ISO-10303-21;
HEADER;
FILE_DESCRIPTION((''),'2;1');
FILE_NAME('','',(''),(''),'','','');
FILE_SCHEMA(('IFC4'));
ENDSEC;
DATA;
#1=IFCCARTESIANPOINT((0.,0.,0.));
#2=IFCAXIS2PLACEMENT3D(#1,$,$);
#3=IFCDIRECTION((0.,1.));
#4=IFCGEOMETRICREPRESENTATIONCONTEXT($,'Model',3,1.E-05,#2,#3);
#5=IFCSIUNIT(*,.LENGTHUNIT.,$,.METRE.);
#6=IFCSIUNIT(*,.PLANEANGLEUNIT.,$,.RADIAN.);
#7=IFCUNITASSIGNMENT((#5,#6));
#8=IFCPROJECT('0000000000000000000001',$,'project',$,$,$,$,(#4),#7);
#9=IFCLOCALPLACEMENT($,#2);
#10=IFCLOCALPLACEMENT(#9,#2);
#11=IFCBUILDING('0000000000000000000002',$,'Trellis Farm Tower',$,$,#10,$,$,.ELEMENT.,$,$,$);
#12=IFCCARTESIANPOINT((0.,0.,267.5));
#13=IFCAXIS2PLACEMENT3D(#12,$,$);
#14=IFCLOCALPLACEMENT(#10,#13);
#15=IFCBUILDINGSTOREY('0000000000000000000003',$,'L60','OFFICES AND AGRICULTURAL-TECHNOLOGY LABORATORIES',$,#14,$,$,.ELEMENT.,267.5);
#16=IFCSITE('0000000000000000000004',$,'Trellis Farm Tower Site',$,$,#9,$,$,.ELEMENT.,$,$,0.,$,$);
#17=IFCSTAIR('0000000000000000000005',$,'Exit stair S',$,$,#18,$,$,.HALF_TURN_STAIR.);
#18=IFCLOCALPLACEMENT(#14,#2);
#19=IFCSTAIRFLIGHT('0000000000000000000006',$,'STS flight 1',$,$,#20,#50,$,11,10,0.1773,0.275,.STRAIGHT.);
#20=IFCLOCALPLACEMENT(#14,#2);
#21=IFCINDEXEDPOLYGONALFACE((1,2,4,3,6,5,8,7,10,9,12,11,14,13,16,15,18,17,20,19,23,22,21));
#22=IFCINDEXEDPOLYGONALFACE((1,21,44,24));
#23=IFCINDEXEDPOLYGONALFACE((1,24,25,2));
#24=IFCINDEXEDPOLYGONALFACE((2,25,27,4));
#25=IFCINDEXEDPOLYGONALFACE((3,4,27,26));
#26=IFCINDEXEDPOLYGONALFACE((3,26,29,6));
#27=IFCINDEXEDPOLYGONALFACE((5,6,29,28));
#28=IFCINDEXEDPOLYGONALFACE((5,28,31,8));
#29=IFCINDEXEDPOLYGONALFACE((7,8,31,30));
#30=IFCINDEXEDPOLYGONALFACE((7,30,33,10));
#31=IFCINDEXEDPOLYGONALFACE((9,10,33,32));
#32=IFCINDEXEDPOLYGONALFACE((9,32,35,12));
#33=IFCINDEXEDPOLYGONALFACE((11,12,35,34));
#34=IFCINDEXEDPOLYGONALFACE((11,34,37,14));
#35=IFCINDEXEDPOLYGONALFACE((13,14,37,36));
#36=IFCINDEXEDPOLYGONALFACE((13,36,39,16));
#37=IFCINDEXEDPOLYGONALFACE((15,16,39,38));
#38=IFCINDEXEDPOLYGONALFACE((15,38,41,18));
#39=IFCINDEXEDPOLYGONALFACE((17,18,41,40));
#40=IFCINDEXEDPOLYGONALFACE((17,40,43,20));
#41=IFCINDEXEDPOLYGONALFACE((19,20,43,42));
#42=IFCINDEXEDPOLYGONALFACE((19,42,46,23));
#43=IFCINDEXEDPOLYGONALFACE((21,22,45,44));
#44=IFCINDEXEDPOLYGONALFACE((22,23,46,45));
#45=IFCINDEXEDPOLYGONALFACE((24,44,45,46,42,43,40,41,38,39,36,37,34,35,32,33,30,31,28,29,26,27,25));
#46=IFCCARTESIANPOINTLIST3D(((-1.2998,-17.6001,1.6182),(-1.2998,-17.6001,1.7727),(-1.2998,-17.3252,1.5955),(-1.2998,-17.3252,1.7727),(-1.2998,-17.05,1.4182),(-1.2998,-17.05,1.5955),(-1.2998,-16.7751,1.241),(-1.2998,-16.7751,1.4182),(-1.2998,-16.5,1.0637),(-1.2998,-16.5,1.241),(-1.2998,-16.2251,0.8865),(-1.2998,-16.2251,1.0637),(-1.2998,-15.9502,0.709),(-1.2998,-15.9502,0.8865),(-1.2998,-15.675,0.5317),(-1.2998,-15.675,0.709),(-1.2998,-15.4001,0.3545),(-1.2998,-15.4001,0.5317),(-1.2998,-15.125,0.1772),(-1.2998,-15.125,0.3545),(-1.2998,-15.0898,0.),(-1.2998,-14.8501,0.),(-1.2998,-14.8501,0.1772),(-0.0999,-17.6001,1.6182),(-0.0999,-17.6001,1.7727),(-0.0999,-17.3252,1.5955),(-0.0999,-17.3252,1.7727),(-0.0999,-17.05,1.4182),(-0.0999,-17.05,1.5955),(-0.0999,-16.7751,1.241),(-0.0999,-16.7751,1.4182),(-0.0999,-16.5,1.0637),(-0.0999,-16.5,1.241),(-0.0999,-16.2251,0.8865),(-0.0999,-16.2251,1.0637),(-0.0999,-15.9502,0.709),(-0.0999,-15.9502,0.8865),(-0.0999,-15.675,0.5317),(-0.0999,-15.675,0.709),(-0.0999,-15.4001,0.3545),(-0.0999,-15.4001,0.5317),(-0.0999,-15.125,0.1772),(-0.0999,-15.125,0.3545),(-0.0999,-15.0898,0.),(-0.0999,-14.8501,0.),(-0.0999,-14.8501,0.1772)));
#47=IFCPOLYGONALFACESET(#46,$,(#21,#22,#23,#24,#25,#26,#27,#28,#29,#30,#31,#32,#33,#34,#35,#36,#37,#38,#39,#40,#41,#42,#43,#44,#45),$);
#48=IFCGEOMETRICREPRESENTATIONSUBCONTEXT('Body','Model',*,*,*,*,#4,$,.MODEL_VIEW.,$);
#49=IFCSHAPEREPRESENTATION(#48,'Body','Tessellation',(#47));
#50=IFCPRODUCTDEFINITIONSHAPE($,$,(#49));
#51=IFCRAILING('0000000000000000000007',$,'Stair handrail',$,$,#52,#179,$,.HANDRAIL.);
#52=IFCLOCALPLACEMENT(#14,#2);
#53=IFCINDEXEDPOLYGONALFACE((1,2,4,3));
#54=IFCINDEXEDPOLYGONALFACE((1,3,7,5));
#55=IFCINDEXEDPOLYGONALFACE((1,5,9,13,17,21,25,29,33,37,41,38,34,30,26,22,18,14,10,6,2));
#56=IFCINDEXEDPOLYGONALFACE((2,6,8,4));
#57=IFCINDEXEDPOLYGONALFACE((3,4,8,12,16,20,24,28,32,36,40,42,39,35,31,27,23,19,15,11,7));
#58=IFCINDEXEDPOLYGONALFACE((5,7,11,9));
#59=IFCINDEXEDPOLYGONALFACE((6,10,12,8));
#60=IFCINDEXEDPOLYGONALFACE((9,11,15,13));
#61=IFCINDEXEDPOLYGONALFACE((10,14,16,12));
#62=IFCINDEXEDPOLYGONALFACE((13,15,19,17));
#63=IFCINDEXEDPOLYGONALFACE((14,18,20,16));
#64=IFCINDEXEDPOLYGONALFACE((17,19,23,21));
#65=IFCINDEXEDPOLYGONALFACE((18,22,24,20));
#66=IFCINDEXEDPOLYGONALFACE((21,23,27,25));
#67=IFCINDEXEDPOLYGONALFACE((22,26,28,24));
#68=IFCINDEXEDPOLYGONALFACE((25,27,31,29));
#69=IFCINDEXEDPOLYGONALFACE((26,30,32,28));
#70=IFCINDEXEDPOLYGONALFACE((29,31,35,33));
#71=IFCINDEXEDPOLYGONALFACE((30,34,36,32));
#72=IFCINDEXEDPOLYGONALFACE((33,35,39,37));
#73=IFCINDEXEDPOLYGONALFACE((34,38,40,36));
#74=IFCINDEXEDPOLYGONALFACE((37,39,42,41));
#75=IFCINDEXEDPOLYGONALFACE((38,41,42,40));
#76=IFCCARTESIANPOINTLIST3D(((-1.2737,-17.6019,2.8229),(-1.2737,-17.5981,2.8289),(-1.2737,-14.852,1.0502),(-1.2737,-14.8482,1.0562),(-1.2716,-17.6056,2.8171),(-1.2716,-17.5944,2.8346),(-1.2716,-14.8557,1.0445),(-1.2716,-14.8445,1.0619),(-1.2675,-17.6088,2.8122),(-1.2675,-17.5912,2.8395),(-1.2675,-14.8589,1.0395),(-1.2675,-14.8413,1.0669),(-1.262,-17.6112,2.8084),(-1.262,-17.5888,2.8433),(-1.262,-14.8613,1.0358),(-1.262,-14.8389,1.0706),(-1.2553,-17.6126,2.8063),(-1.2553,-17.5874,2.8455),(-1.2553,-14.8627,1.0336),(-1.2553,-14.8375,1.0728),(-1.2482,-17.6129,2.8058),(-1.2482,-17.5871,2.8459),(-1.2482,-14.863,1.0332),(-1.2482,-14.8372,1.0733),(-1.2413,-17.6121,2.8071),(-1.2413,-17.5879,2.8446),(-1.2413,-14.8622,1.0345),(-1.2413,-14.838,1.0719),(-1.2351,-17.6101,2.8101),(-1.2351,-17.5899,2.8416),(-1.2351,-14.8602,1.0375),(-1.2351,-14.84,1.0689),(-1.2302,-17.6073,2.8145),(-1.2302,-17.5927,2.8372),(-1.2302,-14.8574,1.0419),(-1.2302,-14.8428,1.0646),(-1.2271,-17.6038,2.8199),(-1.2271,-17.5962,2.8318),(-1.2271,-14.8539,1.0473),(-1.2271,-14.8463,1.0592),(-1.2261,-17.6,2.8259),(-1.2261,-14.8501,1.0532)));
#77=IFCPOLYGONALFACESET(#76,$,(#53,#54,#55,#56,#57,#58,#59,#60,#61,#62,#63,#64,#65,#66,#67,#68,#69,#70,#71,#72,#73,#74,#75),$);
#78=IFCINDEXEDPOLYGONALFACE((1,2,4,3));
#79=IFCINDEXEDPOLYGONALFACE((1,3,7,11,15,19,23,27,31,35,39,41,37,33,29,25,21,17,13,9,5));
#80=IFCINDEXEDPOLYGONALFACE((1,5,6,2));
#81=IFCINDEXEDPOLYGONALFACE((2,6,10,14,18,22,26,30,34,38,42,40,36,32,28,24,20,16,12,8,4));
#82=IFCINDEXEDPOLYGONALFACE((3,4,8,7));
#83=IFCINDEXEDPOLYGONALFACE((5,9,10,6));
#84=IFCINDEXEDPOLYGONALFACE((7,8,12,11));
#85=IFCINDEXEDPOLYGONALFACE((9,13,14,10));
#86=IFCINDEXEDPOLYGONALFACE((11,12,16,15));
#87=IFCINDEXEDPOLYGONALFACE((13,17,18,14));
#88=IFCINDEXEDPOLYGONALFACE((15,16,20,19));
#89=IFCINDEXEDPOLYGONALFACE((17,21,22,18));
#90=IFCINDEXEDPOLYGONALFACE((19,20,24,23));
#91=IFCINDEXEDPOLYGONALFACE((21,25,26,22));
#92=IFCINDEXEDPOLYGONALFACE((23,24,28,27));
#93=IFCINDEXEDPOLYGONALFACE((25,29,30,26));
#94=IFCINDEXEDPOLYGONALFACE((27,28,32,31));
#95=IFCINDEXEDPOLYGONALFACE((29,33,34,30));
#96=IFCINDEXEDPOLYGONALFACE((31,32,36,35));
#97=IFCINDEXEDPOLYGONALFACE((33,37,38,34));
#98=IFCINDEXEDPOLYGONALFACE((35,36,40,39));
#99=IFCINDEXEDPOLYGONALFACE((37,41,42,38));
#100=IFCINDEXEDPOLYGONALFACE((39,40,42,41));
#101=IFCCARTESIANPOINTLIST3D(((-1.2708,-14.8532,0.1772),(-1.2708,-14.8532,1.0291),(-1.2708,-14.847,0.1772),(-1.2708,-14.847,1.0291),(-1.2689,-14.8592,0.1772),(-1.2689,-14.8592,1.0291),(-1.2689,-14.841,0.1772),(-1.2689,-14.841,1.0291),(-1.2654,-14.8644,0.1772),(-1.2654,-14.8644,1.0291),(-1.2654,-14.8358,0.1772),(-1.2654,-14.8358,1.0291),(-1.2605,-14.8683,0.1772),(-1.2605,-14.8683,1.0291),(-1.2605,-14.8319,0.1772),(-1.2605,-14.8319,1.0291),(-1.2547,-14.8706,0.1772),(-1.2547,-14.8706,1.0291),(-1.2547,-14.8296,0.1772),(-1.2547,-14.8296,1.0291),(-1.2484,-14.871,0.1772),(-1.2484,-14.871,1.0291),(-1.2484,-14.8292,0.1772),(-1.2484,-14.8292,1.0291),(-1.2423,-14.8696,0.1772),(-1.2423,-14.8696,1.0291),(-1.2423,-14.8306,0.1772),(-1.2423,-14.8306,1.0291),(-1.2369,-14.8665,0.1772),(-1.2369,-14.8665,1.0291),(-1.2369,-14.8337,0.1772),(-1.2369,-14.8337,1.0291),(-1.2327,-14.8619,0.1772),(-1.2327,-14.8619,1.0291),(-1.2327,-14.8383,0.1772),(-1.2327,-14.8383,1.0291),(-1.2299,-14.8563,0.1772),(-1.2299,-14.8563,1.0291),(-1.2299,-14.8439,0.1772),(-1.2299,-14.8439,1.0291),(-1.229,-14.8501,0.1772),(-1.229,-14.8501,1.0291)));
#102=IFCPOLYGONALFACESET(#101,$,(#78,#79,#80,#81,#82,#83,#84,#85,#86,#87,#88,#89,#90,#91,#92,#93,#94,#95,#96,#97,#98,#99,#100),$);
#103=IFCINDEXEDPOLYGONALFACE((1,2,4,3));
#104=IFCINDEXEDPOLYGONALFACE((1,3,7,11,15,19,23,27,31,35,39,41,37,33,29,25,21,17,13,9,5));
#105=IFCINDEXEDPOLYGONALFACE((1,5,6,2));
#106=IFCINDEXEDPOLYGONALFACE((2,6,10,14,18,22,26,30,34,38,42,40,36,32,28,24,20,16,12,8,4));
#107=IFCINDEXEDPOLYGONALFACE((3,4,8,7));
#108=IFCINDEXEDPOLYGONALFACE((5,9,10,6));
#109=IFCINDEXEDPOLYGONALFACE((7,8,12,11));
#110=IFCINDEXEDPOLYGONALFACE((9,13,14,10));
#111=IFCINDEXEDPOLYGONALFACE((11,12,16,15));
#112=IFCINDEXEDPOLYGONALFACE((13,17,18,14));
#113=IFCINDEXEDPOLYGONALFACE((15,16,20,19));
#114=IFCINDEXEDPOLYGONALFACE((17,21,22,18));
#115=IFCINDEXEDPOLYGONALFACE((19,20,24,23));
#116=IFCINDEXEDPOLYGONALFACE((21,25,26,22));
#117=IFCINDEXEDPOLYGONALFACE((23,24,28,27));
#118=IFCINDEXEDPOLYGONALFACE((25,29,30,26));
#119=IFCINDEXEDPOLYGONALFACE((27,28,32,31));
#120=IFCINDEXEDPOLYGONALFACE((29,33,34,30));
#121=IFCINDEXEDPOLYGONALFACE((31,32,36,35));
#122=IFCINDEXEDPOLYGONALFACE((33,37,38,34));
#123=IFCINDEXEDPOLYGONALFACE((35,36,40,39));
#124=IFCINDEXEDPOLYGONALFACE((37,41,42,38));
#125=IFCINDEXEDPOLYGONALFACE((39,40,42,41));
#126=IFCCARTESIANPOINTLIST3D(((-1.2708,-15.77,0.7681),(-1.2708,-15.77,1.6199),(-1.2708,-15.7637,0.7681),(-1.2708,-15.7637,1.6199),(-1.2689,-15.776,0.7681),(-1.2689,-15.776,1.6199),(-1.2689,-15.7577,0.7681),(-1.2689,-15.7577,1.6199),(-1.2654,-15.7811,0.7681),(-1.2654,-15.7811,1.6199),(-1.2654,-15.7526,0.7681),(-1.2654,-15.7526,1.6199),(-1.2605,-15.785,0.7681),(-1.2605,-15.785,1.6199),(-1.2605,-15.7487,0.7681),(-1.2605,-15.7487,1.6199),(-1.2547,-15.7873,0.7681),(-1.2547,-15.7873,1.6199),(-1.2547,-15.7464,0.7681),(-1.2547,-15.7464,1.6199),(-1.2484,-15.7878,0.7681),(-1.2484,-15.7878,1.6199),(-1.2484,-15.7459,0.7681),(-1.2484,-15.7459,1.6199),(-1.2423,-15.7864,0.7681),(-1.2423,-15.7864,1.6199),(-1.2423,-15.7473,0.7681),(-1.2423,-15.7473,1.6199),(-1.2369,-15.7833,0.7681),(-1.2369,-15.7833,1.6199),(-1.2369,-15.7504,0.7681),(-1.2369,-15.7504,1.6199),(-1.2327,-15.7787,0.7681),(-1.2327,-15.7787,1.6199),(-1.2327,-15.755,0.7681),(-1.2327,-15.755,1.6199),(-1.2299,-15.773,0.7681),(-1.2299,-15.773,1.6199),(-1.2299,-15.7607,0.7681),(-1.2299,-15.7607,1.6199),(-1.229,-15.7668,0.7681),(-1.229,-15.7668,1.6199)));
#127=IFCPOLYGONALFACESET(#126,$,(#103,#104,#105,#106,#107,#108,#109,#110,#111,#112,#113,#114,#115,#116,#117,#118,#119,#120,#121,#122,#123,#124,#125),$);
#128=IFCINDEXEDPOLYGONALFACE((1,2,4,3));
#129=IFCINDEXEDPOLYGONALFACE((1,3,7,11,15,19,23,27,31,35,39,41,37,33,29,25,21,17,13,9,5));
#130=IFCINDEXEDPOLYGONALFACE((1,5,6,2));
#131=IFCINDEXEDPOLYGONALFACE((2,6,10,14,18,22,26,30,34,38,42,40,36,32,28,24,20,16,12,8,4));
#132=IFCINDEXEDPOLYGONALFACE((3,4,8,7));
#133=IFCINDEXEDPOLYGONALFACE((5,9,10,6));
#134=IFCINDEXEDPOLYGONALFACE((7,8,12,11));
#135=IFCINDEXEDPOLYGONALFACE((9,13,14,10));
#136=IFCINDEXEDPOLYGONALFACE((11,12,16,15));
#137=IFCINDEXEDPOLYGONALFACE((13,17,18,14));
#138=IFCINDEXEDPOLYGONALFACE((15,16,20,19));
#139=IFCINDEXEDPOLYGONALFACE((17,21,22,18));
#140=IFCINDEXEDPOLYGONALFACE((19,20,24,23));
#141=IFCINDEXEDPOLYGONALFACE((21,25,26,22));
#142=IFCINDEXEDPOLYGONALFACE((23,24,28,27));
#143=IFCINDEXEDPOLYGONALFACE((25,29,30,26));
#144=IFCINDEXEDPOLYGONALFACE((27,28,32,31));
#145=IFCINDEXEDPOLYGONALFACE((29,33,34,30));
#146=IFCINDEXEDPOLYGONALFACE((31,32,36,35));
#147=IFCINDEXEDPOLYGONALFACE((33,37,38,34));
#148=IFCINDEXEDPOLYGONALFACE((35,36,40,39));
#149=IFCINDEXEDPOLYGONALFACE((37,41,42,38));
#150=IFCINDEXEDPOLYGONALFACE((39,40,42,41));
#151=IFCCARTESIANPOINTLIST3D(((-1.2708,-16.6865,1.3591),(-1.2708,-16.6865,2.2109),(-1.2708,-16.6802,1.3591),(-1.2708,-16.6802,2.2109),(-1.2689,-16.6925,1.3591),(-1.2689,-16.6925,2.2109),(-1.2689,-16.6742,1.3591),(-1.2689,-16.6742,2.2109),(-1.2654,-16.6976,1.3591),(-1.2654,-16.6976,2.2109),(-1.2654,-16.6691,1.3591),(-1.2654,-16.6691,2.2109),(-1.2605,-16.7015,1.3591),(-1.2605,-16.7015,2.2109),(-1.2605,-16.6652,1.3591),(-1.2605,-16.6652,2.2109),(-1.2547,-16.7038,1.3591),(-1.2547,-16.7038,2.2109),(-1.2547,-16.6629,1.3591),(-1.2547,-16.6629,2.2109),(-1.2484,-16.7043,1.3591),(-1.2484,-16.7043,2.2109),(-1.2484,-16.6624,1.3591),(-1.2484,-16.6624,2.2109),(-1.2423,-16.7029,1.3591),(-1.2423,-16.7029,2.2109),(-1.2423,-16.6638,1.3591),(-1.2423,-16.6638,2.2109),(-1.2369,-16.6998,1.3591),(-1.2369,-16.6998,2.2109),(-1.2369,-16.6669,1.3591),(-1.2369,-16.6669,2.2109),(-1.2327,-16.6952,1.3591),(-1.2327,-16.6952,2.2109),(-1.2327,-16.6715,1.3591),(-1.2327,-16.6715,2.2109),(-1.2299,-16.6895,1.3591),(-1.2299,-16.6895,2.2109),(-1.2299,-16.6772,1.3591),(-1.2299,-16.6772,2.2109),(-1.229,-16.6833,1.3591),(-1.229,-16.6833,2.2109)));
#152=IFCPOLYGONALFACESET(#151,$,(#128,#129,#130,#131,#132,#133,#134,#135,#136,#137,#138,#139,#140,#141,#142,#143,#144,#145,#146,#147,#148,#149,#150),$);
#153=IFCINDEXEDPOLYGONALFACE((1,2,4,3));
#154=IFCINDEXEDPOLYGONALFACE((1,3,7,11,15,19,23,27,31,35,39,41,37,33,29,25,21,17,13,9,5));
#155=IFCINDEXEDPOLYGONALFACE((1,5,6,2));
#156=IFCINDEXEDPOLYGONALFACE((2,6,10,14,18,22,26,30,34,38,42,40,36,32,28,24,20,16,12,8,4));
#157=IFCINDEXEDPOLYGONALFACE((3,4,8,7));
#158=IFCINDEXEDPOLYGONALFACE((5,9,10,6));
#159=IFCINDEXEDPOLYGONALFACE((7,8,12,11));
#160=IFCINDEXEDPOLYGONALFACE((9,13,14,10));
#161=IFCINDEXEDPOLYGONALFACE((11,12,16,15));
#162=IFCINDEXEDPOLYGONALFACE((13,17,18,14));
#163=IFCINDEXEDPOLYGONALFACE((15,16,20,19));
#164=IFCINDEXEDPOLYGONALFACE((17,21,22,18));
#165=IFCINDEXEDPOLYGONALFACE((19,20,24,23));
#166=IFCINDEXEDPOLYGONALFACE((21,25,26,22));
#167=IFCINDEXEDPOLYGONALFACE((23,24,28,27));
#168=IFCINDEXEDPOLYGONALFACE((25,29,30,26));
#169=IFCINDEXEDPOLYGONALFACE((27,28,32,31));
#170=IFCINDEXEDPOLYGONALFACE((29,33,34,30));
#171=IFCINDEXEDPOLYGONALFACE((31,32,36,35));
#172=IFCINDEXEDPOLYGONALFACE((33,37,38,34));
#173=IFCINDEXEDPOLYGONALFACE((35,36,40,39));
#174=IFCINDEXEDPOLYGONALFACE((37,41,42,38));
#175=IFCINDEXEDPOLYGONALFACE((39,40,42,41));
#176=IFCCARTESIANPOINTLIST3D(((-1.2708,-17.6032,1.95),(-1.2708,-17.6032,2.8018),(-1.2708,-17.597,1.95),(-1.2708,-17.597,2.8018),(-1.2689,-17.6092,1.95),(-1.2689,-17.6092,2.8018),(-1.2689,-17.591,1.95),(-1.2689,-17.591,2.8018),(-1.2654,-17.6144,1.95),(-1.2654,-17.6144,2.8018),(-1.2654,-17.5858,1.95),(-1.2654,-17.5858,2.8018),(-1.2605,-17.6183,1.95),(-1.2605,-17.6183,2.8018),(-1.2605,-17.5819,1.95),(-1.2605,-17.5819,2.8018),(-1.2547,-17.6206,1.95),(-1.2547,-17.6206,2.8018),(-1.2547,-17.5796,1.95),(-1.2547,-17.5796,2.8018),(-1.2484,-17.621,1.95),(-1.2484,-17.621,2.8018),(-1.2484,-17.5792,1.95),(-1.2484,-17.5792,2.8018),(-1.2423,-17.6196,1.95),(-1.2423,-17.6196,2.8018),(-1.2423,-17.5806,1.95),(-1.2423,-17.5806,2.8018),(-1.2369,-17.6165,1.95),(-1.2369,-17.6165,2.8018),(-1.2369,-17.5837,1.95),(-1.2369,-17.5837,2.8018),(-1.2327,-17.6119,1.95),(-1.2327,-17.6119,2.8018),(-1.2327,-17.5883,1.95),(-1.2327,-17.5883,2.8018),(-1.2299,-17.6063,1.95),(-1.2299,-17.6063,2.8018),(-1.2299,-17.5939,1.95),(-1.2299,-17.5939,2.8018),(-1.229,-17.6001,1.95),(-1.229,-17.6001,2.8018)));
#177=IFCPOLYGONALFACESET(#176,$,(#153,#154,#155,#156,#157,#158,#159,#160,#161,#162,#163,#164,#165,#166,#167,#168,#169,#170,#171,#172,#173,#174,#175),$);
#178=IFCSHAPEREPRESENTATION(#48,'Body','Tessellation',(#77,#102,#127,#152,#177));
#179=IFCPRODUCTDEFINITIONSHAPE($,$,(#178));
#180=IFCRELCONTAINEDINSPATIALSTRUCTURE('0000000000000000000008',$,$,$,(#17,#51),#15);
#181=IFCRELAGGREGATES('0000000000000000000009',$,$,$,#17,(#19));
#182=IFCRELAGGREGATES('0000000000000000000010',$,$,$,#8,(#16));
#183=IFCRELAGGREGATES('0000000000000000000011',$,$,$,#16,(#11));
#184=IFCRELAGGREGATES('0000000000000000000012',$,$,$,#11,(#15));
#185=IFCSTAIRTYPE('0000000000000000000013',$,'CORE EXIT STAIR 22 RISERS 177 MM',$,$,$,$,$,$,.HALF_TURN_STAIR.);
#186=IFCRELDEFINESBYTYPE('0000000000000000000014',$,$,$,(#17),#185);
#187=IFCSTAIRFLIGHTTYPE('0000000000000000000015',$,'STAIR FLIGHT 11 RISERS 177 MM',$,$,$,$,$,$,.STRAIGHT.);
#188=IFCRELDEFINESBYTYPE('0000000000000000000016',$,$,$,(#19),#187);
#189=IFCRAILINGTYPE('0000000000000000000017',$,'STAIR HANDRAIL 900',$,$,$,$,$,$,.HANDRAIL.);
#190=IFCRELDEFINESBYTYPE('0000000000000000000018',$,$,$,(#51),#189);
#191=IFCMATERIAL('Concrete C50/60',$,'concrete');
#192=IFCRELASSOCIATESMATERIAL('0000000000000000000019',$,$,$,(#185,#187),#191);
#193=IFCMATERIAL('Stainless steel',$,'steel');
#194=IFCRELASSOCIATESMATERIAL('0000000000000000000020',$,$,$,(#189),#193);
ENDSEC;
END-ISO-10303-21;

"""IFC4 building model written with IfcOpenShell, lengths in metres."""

from ifc_helpers import new_model, si_unit, direction, frame, origin, origin_2d, place, context, subcontext, project, spatial, polyline, circle, outline, extrude, source, transform, mapped, material, type_object, element, aggregate, save


model = new_model("IFC4")

# Units and contexts
model_context = context("Model", 3, precision=1e-05, world=origin(), true_north=direction((0.0, 1.0)))
body_context = subcontext(model_context, "Body", "Model", "MODEL_VIEW")
ifc_project = project(units=[si_unit("LENGTHUNIT", "METRE"), si_unit("PLANEANGLEUNIT", "RADIAN")], contexts=[model_context])

# Site, building, storey
site_placement = place(None, origin())
site = spatial("IfcSite", under=ifc_project, at=site_placement, Name="Trellis Farm Tower Site", CompositionType="ELEMENT", RefElevation=0.0)
building_placement = place(site_placement, origin())
building = spatial("IfcBuilding", under=site, at=building_placement, Name="Trellis Farm Tower", CompositionType="ELEMENT")
storey_placement = place(building_placement, frame((0.0, 0.0, 267.5)))
storey = spatial("IfcBuildingStorey", under=building, at=storey_placement, Name="L60", Description="OFFICES AND AGRICULTURAL-TECHNOLOGY LABORATORIES", CompositionType="ELEMENT", Elevation=267.5)

# Shared definitions
placement = place(storey_placement, origin())

# Stair, stair flight
ifc_material_1 = material(Name="Concrete C50/60", Category="concrete")
stair_type = type_object("IfcStairType", Name="CORE EXIT STAIR 22 RISERS 177 MM", PredefinedType="HALF_TURN_STAIR", material=ifc_material_1)
stair = element("IfcStair", 1, at=placement, inside=storey, type_object=stair_type, Name="Exit stair S", PredefinedType="HALF_TURN_STAIR")
stair_flight_type = type_object("IfcStairFlightType", Name="STAIR FLIGHT 11 RISERS 177 MM", PredefinedType="STRAIGHT", material=ifc_material_1)
shared_shape_1 = source(origin(), body_context, "Body", "SweptSolid", [
    extrude(outline(polyline([(0.0, 0.0), (0.0, 0.1772), (0.2749, 0.1772), (0.2749, 0.3545), (0.55, 0.3545), (0.55, 0.5317), (0.825, 0.5317), (0.825, 0.709), (1.1001, 0.709), (1.1001, 0.8865), (1.375, 0.8865), (1.375, 1.0637), (1.6499, 1.0637), (1.6499, 1.241), (1.925, 1.241), (1.925, 1.4182), (2.2, 1.4182), (2.2, 1.5955), (2.4751, 1.5955), (2.4751, 1.7727), (2.75, 1.7727), (2.75, 1.95), (2.75, 1.6182), (0.2397, 0.0), (0.0, 0.0)])), frame((0.0, 0.6001, 0.0), z_axis=(0.0, -1.0, 0.0), x_axis=(1.0, 0.0, 0.0)), (0.0, 0.0, 1.0), 1.2),
])
stair_flight_placement = place(storey_placement, frame((-0.7, -14.8501, 0.0), z_axis=(0.0, 0.0, 1.0), x_axis=(0.0, -1.0, 0.0)))
stair_flight = element("IfcStairFlight", 2, at=stair_flight_placement, type_object=stair_flight_type, Name="STS flight 1", NumberOfRisers=11, NumberOfTreads=10, PredefinedType="STRAIGHT", RiserHeight=0.1773, TreadLength=0.275, context=body_context, shape_type="MappedRepresentation", body=[
    mapped(shared_shape_1, transform((0.0, 0.0, 0.0))),
])
aggregate(stair, [stair_flight])

# Railing
ifc_material_2 = material(Name="Stainless steel", Category="steel")
railing_type = type_object("IfcRailingType", Name="STAIR HANDRAIL 900", PredefinedType="HANDRAIL", material=ifc_material_2)
shared_shape_2 = source(origin(), body_context, "Body", "SweptSolid", [
    extrude(circle(Radius=0.0239, at=origin_2d()), frame((0.0, 0.0, 0.876), z_axis=(0.0, -0.840504, 0.541806), x_axis=(1.0, 0.0, 0.0)), (0.0, 0.0, 1.0), 3.2717),
    extrude(circle(Radius=0.021, at=origin_2d()), origin(), (0.0, 0.0, 1.0), 0.8518),
    extrude(circle(Radius=0.021, at=origin_2d()), frame((0.0, -0.9167, 0.5908)), (0.0, 0.0, 1.0), 0.8518),
    extrude(circle(Radius=0.021, at=origin_2d()), frame((0.0, -1.8333, 1.1819)), (0.0, 0.0, 1.0), 0.8518),
    extrude(circle(Radius=0.021, at=origin_2d()), frame((0.0, -2.75, 1.7727)), (0.0, 0.0, 1.0), 0.8518),
])
railing_placement = place(storey_placement, frame((-1.25, -14.8501, 0.1772)))
element("IfcRailing", 3, at=railing_placement, inside=storey, type_object=railing_type, Name="Stair handrail", PredefinedType="HANDRAIL", context=body_context, shape_type="MappedRepresentation", body=[
    mapped(shared_shape_2, transform((0.0, 0.0, 0.0))),
])

save(model, "model.ifc")
